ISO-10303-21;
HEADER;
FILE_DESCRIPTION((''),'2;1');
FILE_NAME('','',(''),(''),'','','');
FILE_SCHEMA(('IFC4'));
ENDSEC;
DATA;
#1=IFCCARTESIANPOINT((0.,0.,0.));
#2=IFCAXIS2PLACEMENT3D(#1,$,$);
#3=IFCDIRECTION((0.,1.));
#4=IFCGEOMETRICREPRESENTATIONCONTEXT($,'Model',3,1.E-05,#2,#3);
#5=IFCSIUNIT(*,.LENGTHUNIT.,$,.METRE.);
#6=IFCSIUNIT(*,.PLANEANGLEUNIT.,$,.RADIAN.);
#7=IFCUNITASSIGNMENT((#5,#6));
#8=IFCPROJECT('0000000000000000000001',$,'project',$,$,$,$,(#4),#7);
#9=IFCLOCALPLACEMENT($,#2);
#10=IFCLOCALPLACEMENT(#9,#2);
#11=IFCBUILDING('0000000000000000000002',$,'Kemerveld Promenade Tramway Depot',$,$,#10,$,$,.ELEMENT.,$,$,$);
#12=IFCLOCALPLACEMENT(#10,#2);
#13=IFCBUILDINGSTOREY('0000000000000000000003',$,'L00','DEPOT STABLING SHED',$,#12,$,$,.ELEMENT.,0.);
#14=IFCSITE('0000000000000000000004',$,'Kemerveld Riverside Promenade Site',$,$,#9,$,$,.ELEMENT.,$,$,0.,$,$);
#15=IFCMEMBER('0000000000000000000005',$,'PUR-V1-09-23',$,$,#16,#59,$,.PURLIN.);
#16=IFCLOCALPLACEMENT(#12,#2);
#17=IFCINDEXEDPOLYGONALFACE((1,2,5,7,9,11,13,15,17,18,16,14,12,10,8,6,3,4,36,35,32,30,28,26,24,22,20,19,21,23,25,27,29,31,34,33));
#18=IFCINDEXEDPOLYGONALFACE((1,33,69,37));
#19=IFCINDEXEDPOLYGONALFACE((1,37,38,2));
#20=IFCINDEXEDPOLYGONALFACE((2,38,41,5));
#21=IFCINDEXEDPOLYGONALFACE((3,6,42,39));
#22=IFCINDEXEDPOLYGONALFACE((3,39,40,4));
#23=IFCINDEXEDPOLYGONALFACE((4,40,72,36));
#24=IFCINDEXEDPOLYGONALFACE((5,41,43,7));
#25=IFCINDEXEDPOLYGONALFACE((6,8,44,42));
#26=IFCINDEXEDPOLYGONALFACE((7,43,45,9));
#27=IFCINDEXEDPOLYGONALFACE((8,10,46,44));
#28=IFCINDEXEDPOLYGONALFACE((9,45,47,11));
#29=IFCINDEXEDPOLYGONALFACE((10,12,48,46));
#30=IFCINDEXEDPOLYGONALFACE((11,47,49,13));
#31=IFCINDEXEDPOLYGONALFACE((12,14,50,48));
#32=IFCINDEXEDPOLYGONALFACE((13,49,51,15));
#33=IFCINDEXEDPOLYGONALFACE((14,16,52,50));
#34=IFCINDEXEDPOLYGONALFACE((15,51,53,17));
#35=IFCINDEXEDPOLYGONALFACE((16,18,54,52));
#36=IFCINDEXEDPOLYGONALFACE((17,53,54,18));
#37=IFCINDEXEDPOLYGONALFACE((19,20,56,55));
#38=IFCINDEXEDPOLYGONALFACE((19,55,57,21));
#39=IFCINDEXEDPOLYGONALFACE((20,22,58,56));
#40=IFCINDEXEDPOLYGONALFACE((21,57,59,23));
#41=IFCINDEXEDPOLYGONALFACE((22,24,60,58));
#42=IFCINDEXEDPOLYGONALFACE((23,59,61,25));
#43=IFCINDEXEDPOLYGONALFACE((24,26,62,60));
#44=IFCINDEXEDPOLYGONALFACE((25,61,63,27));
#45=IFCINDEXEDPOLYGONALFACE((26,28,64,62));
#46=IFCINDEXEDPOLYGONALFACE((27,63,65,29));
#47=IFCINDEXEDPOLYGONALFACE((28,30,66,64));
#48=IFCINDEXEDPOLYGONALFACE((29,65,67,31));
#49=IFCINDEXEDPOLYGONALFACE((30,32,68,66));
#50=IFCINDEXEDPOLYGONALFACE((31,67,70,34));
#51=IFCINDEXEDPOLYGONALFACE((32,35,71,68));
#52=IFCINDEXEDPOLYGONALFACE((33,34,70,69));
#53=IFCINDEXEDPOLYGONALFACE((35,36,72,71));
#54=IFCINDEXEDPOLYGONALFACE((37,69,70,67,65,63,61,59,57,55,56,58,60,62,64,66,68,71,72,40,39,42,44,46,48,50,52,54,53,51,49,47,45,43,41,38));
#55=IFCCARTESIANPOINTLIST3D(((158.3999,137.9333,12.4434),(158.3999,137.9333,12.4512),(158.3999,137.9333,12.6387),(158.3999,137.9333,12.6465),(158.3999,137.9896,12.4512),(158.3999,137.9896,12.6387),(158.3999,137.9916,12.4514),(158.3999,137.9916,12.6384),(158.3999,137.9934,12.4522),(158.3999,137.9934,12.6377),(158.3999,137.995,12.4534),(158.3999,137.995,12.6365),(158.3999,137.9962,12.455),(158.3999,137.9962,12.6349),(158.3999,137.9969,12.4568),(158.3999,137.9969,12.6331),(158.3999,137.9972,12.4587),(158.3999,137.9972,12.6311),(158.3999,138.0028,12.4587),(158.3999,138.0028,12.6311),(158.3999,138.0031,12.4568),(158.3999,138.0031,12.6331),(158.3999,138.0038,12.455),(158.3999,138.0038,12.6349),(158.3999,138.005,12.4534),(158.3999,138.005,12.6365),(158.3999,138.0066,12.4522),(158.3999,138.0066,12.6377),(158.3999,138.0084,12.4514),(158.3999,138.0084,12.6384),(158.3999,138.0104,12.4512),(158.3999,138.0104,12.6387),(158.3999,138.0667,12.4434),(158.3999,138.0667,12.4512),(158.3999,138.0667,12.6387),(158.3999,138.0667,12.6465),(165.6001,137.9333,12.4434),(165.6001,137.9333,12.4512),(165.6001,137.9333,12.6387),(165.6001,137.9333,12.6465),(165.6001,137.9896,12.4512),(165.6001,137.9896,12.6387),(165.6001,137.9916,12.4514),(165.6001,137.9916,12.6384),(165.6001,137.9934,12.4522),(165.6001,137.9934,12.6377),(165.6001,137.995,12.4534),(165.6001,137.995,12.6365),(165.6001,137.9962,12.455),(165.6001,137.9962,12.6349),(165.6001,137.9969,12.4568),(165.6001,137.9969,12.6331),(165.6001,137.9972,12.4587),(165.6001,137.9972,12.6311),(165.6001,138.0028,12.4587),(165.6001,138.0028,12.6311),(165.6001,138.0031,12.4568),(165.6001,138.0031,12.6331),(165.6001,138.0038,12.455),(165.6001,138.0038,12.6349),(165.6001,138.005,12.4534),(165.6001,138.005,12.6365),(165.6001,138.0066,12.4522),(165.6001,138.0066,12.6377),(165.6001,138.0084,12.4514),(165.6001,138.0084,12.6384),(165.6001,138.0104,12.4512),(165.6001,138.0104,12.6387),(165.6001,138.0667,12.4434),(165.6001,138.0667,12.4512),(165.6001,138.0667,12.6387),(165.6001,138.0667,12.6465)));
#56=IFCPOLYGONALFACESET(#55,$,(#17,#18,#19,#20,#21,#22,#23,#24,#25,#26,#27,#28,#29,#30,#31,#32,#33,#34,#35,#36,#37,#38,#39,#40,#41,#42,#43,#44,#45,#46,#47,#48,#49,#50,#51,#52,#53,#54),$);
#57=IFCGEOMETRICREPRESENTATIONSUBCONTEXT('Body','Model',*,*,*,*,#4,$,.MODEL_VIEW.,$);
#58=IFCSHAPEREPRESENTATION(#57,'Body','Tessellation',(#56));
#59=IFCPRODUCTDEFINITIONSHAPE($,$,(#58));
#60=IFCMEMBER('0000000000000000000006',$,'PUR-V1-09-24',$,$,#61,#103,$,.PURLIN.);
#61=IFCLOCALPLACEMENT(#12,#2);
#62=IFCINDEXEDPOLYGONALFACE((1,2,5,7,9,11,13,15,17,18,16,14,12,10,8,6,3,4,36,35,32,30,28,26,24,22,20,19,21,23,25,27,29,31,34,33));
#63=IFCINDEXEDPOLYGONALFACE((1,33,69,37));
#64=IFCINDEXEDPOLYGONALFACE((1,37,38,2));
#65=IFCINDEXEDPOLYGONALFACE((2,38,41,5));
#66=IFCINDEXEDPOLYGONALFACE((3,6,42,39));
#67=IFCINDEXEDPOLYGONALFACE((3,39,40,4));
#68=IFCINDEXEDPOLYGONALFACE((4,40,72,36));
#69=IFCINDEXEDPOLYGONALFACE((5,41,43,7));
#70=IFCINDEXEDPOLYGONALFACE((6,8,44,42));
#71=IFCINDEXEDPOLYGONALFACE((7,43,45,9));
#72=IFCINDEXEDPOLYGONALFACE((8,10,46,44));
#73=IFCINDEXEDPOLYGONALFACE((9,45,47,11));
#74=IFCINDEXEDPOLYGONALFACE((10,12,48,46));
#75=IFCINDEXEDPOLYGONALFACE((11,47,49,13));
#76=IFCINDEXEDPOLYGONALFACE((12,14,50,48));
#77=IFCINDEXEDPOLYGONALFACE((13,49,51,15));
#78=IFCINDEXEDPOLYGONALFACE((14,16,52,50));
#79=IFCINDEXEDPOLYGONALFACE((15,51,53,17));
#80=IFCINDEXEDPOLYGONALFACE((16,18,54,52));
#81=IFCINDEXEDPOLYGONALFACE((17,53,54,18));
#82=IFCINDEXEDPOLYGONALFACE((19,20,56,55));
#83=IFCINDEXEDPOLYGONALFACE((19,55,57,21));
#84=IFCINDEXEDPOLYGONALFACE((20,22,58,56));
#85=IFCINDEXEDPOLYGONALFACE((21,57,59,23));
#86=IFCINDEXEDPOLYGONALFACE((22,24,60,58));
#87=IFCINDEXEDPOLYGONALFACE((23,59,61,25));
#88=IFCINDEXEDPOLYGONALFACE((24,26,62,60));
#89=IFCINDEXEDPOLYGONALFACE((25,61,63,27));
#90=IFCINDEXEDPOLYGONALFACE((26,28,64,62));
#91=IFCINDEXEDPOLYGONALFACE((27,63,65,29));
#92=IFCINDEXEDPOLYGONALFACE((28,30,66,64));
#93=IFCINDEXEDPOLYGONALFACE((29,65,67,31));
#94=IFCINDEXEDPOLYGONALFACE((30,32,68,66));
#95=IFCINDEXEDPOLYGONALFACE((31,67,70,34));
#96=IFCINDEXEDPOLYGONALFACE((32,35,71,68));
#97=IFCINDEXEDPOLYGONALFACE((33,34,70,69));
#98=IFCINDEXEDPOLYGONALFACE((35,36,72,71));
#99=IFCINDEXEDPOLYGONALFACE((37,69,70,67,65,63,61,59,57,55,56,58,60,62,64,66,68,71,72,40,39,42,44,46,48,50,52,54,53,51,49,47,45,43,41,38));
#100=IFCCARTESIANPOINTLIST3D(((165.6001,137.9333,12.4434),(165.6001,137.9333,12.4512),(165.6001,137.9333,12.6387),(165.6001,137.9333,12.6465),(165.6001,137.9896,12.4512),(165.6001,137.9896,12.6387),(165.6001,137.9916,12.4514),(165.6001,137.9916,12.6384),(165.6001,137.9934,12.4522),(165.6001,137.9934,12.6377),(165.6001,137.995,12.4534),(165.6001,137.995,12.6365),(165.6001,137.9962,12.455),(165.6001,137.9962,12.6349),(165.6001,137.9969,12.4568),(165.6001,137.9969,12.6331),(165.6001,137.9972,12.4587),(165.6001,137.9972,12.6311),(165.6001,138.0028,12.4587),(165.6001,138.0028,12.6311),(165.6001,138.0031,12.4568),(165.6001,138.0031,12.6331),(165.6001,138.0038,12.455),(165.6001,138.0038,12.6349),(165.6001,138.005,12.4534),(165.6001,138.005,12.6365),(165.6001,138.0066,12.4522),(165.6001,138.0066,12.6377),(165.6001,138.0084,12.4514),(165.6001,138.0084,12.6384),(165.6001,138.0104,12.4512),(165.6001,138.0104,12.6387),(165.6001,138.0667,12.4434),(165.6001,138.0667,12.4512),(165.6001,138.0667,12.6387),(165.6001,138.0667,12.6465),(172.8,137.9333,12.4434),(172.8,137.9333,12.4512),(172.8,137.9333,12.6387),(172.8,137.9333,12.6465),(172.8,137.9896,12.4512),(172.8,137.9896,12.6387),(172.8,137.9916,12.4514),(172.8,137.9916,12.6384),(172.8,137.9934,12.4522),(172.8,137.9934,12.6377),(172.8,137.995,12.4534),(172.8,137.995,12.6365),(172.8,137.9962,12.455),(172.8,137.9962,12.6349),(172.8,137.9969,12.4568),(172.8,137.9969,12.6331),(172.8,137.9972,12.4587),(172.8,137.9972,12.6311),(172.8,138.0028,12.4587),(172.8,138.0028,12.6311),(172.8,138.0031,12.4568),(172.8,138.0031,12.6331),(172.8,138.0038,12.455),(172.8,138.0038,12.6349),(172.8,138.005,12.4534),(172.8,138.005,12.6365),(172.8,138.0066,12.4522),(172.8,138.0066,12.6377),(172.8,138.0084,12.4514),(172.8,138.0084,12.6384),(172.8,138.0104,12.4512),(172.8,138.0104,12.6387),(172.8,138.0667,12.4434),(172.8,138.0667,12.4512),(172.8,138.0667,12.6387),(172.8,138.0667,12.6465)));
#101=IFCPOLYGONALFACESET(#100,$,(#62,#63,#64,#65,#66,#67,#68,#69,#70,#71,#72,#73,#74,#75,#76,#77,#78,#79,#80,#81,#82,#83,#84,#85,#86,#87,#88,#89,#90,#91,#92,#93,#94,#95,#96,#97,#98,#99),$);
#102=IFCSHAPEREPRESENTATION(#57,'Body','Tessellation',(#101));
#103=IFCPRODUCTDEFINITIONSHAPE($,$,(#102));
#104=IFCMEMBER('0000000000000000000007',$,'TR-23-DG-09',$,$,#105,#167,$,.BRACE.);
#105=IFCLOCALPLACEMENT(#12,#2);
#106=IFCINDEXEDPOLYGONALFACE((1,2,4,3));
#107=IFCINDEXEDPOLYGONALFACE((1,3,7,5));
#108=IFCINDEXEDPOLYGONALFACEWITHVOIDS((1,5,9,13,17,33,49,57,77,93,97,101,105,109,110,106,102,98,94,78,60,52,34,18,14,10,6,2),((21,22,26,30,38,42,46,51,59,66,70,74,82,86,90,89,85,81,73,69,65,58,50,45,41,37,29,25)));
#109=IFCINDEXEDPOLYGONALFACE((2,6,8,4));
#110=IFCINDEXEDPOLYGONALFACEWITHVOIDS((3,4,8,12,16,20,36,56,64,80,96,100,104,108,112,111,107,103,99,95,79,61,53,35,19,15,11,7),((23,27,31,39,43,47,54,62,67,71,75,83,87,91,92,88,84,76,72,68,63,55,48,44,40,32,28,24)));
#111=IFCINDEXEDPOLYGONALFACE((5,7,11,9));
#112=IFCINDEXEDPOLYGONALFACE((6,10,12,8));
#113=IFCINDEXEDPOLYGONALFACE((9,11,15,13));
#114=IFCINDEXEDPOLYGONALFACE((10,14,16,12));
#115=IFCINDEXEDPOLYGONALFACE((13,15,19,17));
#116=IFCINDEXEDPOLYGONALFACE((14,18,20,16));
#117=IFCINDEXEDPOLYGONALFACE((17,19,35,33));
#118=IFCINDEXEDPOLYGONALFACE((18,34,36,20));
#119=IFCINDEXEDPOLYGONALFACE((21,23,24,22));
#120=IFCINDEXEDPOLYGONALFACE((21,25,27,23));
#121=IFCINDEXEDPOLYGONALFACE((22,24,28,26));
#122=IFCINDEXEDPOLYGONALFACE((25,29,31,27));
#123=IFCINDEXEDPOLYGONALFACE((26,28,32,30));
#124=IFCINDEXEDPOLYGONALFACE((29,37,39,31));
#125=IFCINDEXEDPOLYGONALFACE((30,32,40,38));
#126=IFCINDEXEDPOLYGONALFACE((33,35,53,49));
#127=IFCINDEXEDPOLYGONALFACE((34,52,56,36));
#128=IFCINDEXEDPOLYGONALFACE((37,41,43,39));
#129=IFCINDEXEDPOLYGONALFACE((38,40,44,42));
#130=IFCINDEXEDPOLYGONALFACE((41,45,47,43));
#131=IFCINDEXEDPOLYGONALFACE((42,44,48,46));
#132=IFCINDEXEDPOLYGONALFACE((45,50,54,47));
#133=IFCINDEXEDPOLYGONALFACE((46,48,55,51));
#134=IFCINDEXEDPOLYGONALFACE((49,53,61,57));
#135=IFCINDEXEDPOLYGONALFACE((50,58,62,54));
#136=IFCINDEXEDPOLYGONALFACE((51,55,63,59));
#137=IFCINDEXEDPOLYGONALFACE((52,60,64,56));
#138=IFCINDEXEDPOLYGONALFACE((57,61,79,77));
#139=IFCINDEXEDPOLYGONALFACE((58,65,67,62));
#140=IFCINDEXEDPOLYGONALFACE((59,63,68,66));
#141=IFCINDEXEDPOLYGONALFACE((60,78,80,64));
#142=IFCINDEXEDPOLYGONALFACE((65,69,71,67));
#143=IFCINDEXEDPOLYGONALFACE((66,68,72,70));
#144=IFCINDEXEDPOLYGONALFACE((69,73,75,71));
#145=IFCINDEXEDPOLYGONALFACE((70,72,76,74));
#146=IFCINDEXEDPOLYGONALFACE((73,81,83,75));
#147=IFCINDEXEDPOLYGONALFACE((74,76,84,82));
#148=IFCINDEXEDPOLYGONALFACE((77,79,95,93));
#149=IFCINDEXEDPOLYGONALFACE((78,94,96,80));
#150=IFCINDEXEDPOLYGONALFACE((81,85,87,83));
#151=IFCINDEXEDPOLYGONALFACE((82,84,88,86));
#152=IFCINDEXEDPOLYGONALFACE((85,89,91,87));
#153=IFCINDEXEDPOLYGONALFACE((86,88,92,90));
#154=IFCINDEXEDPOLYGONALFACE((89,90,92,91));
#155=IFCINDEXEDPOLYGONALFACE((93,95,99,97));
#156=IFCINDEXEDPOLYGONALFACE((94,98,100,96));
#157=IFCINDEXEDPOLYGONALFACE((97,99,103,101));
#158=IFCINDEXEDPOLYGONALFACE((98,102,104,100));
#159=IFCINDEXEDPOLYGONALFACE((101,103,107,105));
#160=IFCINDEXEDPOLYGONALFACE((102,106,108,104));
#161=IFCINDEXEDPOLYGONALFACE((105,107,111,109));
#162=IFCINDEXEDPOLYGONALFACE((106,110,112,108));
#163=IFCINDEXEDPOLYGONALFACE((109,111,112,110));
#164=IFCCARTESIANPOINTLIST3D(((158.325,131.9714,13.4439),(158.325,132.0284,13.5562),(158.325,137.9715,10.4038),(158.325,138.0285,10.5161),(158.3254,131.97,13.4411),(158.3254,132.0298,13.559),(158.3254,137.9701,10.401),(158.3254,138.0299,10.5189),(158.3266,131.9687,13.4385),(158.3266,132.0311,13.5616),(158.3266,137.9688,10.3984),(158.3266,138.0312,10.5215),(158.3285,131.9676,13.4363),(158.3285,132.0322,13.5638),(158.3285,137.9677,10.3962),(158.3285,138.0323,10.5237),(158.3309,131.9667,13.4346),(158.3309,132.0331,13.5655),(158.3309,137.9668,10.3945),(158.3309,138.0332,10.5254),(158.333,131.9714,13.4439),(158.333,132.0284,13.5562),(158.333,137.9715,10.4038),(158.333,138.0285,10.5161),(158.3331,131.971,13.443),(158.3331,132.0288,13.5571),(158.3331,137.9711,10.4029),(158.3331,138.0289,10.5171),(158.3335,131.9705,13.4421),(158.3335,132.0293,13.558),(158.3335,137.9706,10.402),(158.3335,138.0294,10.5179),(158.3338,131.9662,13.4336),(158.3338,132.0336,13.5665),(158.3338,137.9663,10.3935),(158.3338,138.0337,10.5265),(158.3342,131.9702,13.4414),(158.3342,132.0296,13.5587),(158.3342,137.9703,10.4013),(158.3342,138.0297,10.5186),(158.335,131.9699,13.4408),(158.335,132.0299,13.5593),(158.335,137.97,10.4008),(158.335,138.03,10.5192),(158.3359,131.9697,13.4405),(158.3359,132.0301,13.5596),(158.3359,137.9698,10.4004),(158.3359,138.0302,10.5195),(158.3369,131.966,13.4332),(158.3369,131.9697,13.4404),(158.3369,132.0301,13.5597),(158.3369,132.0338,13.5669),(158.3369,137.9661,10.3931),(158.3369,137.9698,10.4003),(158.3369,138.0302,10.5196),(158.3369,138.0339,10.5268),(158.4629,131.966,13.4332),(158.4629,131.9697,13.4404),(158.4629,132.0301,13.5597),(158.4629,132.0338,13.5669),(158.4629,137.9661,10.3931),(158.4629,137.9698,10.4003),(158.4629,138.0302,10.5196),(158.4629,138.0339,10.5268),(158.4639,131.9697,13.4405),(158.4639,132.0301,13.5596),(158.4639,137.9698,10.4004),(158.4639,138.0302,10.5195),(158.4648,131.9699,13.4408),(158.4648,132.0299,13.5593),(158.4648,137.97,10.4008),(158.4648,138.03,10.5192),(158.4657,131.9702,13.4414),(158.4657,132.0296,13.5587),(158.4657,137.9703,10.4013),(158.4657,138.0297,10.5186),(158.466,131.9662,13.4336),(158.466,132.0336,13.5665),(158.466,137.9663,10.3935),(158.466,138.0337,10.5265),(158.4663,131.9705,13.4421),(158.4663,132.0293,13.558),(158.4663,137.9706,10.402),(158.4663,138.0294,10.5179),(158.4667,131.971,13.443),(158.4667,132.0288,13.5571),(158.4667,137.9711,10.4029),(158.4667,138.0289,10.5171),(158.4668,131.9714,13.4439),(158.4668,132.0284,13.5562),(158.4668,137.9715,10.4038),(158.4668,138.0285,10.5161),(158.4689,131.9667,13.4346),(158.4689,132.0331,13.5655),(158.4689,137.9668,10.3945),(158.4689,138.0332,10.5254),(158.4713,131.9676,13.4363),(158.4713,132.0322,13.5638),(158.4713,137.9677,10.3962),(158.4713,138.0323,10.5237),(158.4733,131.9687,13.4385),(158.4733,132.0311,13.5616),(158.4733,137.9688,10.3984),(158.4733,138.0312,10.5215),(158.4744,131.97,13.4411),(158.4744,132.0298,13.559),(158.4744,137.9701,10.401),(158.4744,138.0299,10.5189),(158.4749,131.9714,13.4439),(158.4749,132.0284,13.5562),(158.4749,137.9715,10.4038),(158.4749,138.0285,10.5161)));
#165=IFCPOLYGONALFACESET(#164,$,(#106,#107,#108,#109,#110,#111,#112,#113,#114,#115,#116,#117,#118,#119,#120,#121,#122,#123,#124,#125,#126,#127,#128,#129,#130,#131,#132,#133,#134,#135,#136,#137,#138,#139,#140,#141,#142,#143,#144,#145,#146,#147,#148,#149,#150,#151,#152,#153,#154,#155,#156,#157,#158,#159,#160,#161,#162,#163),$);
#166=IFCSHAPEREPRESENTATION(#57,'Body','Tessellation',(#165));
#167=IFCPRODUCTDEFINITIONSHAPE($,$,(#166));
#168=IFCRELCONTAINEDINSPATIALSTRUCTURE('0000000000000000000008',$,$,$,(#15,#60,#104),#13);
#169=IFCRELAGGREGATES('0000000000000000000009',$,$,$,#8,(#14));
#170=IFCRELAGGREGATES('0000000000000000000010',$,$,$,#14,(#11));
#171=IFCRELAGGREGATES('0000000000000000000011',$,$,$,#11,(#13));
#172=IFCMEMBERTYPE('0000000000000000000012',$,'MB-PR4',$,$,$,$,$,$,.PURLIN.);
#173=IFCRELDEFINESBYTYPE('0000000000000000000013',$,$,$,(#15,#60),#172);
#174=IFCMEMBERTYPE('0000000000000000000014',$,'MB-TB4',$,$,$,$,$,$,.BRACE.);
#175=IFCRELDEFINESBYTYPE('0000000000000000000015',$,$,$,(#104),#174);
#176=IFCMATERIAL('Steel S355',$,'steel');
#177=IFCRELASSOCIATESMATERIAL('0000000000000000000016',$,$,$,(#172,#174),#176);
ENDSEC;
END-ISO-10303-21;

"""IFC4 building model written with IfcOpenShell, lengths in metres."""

from ifc_helpers import new_model, si_unit, direction, frame, origin, origin_2d, place, context, subcontext, project, spatial, hollow_rectangle, i_section, extrude, material, material_profile, profile_set, type_object, element, save


model = new_model("IFC4")

# Units and contexts
model_context = context("Model", 3, precision=1e-05, world=origin(), true_north=direction((0.0, 1.0)))
body_context = subcontext(model_context, "Body", "Model", "MODEL_VIEW")
ifc_project = project(units=[si_unit("LENGTHUNIT", "METRE"), si_unit("PLANEANGLEUNIT", "RADIAN")], contexts=[model_context])

# Site, building, storey
site_placement = place(None, origin())
site = spatial("IfcSite", under=ifc_project, at=site_placement, Name="Kemerveld Riverside Promenade Site", CompositionType="ELEMENT", RefElevation=0.0)
building_placement = place(site_placement, origin())
building = spatial("IfcBuilding", under=site, at=building_placement, Name="Kemerveld Promenade Tramway Depot", CompositionType="ELEMENT")
storey_placement = place(building_placement, origin())
storey = spatial("IfcBuildingStorey", under=building, at=storey_placement, Name="L00", Description="DEPOT STABLING SHED", CompositionType="ELEMENT", Elevation=0.0)

# Shared definitions
ifc_material_1 = material(Name="Steel S355", Category="steel")

# Members
ifc_material_profile_1 = material_profile(ifc_material_1, i_section(OverallWidth=0.1333, OverallDepth=0.2031, WebThickness=0.0056, FlangeThickness=0.0078, FilletRadius=0.0076, at=origin_2d()), Name="203x133x25 UB")
ifc_profile_set_1 = profile_set([ifc_material_profile_1], Name="Steel S355")
member_type_1 = type_object("IfcMemberType", Name="MB-PR4", PredefinedType="PURLIN", material=ifc_profile_set_1)
member_1_placement = place(storey_placement, frame((158.3999, 138.0, 12.5449), z_axis=(1.0, 0.0, 0.0), x_axis=(0.0, 1.0, 0.0)))
element("IfcMember", 1, at=member_1_placement, inside=storey, type_object=member_type_1, Name="PUR-V1-09-23", PredefinedType="PURLIN", context=body_context, shape_type="SweptSolid", body=[
    extrude(i_section(OverallWidth=0.1333, OverallDepth=0.2031, WebThickness=0.0056, FlangeThickness=0.0078, FilletRadius=0.0076, at=origin_2d()), origin(), (0.0, 0.0, 1.0), 7.2002),
])
member_2_placement = place(storey_placement, frame((165.6001, 138.0, 12.5449), z_axis=(1.0, 0.0, 0.0), x_axis=(0.0, 1.0, 0.0)))
element("IfcMember", 2, at=member_2_placement, inside=storey, type_object=member_type_1, Name="PUR-V1-09-24", PredefinedType="PURLIN", context=body_context, shape_type="SweptSolid", body=[
    extrude(i_section(OverallWidth=0.1333, OverallDepth=0.2031, WebThickness=0.0056, FlangeThickness=0.0078, FilletRadius=0.0076, at=origin_2d()), origin(), (0.0, 0.0, 1.0), 7.2),
])
ifc_material_profile_2 = material_profile(ifc_material_1, hollow_rectangle(XDim=0.1499, YDim=0.1499, WallThickness=0.0081, InnerFilletRadius=0.0039, OuterFilletRadius=0.012, at=origin_2d()), Name="150x150x8.0 SHS")
ifc_profile_set_2 = profile_set([ifc_material_profile_2], Name="Steel S355")
member_type_2 = type_object("IfcMemberType", Name="MB-TB4", PredefinedType="BRACE", material=ifc_profile_set_2)
member_3_placement = place(storey_placement, frame((158.3999, 138.0, 10.46), z_axis=(0.0, -0.892033, 0.451969), x_axis=(1.0, 0.0, 0.0)))
element("IfcMember", 3, at=member_3_placement, inside=storey, type_object=member_type_2, Name="TR-23-DG-09", PredefinedType="BRACE", context=body_context, shape_type="SweptSolid", body=[
    extrude(hollow_rectangle(XDim=0.1499, YDim=0.1499, WallThickness=0.0081, InnerFilletRadius=0.0039, OuterFilletRadius=0.012, at=origin_2d()), origin(), (0.0, 0.0, 1.0), 6.7263),
])

save(model, "model.ifc")
